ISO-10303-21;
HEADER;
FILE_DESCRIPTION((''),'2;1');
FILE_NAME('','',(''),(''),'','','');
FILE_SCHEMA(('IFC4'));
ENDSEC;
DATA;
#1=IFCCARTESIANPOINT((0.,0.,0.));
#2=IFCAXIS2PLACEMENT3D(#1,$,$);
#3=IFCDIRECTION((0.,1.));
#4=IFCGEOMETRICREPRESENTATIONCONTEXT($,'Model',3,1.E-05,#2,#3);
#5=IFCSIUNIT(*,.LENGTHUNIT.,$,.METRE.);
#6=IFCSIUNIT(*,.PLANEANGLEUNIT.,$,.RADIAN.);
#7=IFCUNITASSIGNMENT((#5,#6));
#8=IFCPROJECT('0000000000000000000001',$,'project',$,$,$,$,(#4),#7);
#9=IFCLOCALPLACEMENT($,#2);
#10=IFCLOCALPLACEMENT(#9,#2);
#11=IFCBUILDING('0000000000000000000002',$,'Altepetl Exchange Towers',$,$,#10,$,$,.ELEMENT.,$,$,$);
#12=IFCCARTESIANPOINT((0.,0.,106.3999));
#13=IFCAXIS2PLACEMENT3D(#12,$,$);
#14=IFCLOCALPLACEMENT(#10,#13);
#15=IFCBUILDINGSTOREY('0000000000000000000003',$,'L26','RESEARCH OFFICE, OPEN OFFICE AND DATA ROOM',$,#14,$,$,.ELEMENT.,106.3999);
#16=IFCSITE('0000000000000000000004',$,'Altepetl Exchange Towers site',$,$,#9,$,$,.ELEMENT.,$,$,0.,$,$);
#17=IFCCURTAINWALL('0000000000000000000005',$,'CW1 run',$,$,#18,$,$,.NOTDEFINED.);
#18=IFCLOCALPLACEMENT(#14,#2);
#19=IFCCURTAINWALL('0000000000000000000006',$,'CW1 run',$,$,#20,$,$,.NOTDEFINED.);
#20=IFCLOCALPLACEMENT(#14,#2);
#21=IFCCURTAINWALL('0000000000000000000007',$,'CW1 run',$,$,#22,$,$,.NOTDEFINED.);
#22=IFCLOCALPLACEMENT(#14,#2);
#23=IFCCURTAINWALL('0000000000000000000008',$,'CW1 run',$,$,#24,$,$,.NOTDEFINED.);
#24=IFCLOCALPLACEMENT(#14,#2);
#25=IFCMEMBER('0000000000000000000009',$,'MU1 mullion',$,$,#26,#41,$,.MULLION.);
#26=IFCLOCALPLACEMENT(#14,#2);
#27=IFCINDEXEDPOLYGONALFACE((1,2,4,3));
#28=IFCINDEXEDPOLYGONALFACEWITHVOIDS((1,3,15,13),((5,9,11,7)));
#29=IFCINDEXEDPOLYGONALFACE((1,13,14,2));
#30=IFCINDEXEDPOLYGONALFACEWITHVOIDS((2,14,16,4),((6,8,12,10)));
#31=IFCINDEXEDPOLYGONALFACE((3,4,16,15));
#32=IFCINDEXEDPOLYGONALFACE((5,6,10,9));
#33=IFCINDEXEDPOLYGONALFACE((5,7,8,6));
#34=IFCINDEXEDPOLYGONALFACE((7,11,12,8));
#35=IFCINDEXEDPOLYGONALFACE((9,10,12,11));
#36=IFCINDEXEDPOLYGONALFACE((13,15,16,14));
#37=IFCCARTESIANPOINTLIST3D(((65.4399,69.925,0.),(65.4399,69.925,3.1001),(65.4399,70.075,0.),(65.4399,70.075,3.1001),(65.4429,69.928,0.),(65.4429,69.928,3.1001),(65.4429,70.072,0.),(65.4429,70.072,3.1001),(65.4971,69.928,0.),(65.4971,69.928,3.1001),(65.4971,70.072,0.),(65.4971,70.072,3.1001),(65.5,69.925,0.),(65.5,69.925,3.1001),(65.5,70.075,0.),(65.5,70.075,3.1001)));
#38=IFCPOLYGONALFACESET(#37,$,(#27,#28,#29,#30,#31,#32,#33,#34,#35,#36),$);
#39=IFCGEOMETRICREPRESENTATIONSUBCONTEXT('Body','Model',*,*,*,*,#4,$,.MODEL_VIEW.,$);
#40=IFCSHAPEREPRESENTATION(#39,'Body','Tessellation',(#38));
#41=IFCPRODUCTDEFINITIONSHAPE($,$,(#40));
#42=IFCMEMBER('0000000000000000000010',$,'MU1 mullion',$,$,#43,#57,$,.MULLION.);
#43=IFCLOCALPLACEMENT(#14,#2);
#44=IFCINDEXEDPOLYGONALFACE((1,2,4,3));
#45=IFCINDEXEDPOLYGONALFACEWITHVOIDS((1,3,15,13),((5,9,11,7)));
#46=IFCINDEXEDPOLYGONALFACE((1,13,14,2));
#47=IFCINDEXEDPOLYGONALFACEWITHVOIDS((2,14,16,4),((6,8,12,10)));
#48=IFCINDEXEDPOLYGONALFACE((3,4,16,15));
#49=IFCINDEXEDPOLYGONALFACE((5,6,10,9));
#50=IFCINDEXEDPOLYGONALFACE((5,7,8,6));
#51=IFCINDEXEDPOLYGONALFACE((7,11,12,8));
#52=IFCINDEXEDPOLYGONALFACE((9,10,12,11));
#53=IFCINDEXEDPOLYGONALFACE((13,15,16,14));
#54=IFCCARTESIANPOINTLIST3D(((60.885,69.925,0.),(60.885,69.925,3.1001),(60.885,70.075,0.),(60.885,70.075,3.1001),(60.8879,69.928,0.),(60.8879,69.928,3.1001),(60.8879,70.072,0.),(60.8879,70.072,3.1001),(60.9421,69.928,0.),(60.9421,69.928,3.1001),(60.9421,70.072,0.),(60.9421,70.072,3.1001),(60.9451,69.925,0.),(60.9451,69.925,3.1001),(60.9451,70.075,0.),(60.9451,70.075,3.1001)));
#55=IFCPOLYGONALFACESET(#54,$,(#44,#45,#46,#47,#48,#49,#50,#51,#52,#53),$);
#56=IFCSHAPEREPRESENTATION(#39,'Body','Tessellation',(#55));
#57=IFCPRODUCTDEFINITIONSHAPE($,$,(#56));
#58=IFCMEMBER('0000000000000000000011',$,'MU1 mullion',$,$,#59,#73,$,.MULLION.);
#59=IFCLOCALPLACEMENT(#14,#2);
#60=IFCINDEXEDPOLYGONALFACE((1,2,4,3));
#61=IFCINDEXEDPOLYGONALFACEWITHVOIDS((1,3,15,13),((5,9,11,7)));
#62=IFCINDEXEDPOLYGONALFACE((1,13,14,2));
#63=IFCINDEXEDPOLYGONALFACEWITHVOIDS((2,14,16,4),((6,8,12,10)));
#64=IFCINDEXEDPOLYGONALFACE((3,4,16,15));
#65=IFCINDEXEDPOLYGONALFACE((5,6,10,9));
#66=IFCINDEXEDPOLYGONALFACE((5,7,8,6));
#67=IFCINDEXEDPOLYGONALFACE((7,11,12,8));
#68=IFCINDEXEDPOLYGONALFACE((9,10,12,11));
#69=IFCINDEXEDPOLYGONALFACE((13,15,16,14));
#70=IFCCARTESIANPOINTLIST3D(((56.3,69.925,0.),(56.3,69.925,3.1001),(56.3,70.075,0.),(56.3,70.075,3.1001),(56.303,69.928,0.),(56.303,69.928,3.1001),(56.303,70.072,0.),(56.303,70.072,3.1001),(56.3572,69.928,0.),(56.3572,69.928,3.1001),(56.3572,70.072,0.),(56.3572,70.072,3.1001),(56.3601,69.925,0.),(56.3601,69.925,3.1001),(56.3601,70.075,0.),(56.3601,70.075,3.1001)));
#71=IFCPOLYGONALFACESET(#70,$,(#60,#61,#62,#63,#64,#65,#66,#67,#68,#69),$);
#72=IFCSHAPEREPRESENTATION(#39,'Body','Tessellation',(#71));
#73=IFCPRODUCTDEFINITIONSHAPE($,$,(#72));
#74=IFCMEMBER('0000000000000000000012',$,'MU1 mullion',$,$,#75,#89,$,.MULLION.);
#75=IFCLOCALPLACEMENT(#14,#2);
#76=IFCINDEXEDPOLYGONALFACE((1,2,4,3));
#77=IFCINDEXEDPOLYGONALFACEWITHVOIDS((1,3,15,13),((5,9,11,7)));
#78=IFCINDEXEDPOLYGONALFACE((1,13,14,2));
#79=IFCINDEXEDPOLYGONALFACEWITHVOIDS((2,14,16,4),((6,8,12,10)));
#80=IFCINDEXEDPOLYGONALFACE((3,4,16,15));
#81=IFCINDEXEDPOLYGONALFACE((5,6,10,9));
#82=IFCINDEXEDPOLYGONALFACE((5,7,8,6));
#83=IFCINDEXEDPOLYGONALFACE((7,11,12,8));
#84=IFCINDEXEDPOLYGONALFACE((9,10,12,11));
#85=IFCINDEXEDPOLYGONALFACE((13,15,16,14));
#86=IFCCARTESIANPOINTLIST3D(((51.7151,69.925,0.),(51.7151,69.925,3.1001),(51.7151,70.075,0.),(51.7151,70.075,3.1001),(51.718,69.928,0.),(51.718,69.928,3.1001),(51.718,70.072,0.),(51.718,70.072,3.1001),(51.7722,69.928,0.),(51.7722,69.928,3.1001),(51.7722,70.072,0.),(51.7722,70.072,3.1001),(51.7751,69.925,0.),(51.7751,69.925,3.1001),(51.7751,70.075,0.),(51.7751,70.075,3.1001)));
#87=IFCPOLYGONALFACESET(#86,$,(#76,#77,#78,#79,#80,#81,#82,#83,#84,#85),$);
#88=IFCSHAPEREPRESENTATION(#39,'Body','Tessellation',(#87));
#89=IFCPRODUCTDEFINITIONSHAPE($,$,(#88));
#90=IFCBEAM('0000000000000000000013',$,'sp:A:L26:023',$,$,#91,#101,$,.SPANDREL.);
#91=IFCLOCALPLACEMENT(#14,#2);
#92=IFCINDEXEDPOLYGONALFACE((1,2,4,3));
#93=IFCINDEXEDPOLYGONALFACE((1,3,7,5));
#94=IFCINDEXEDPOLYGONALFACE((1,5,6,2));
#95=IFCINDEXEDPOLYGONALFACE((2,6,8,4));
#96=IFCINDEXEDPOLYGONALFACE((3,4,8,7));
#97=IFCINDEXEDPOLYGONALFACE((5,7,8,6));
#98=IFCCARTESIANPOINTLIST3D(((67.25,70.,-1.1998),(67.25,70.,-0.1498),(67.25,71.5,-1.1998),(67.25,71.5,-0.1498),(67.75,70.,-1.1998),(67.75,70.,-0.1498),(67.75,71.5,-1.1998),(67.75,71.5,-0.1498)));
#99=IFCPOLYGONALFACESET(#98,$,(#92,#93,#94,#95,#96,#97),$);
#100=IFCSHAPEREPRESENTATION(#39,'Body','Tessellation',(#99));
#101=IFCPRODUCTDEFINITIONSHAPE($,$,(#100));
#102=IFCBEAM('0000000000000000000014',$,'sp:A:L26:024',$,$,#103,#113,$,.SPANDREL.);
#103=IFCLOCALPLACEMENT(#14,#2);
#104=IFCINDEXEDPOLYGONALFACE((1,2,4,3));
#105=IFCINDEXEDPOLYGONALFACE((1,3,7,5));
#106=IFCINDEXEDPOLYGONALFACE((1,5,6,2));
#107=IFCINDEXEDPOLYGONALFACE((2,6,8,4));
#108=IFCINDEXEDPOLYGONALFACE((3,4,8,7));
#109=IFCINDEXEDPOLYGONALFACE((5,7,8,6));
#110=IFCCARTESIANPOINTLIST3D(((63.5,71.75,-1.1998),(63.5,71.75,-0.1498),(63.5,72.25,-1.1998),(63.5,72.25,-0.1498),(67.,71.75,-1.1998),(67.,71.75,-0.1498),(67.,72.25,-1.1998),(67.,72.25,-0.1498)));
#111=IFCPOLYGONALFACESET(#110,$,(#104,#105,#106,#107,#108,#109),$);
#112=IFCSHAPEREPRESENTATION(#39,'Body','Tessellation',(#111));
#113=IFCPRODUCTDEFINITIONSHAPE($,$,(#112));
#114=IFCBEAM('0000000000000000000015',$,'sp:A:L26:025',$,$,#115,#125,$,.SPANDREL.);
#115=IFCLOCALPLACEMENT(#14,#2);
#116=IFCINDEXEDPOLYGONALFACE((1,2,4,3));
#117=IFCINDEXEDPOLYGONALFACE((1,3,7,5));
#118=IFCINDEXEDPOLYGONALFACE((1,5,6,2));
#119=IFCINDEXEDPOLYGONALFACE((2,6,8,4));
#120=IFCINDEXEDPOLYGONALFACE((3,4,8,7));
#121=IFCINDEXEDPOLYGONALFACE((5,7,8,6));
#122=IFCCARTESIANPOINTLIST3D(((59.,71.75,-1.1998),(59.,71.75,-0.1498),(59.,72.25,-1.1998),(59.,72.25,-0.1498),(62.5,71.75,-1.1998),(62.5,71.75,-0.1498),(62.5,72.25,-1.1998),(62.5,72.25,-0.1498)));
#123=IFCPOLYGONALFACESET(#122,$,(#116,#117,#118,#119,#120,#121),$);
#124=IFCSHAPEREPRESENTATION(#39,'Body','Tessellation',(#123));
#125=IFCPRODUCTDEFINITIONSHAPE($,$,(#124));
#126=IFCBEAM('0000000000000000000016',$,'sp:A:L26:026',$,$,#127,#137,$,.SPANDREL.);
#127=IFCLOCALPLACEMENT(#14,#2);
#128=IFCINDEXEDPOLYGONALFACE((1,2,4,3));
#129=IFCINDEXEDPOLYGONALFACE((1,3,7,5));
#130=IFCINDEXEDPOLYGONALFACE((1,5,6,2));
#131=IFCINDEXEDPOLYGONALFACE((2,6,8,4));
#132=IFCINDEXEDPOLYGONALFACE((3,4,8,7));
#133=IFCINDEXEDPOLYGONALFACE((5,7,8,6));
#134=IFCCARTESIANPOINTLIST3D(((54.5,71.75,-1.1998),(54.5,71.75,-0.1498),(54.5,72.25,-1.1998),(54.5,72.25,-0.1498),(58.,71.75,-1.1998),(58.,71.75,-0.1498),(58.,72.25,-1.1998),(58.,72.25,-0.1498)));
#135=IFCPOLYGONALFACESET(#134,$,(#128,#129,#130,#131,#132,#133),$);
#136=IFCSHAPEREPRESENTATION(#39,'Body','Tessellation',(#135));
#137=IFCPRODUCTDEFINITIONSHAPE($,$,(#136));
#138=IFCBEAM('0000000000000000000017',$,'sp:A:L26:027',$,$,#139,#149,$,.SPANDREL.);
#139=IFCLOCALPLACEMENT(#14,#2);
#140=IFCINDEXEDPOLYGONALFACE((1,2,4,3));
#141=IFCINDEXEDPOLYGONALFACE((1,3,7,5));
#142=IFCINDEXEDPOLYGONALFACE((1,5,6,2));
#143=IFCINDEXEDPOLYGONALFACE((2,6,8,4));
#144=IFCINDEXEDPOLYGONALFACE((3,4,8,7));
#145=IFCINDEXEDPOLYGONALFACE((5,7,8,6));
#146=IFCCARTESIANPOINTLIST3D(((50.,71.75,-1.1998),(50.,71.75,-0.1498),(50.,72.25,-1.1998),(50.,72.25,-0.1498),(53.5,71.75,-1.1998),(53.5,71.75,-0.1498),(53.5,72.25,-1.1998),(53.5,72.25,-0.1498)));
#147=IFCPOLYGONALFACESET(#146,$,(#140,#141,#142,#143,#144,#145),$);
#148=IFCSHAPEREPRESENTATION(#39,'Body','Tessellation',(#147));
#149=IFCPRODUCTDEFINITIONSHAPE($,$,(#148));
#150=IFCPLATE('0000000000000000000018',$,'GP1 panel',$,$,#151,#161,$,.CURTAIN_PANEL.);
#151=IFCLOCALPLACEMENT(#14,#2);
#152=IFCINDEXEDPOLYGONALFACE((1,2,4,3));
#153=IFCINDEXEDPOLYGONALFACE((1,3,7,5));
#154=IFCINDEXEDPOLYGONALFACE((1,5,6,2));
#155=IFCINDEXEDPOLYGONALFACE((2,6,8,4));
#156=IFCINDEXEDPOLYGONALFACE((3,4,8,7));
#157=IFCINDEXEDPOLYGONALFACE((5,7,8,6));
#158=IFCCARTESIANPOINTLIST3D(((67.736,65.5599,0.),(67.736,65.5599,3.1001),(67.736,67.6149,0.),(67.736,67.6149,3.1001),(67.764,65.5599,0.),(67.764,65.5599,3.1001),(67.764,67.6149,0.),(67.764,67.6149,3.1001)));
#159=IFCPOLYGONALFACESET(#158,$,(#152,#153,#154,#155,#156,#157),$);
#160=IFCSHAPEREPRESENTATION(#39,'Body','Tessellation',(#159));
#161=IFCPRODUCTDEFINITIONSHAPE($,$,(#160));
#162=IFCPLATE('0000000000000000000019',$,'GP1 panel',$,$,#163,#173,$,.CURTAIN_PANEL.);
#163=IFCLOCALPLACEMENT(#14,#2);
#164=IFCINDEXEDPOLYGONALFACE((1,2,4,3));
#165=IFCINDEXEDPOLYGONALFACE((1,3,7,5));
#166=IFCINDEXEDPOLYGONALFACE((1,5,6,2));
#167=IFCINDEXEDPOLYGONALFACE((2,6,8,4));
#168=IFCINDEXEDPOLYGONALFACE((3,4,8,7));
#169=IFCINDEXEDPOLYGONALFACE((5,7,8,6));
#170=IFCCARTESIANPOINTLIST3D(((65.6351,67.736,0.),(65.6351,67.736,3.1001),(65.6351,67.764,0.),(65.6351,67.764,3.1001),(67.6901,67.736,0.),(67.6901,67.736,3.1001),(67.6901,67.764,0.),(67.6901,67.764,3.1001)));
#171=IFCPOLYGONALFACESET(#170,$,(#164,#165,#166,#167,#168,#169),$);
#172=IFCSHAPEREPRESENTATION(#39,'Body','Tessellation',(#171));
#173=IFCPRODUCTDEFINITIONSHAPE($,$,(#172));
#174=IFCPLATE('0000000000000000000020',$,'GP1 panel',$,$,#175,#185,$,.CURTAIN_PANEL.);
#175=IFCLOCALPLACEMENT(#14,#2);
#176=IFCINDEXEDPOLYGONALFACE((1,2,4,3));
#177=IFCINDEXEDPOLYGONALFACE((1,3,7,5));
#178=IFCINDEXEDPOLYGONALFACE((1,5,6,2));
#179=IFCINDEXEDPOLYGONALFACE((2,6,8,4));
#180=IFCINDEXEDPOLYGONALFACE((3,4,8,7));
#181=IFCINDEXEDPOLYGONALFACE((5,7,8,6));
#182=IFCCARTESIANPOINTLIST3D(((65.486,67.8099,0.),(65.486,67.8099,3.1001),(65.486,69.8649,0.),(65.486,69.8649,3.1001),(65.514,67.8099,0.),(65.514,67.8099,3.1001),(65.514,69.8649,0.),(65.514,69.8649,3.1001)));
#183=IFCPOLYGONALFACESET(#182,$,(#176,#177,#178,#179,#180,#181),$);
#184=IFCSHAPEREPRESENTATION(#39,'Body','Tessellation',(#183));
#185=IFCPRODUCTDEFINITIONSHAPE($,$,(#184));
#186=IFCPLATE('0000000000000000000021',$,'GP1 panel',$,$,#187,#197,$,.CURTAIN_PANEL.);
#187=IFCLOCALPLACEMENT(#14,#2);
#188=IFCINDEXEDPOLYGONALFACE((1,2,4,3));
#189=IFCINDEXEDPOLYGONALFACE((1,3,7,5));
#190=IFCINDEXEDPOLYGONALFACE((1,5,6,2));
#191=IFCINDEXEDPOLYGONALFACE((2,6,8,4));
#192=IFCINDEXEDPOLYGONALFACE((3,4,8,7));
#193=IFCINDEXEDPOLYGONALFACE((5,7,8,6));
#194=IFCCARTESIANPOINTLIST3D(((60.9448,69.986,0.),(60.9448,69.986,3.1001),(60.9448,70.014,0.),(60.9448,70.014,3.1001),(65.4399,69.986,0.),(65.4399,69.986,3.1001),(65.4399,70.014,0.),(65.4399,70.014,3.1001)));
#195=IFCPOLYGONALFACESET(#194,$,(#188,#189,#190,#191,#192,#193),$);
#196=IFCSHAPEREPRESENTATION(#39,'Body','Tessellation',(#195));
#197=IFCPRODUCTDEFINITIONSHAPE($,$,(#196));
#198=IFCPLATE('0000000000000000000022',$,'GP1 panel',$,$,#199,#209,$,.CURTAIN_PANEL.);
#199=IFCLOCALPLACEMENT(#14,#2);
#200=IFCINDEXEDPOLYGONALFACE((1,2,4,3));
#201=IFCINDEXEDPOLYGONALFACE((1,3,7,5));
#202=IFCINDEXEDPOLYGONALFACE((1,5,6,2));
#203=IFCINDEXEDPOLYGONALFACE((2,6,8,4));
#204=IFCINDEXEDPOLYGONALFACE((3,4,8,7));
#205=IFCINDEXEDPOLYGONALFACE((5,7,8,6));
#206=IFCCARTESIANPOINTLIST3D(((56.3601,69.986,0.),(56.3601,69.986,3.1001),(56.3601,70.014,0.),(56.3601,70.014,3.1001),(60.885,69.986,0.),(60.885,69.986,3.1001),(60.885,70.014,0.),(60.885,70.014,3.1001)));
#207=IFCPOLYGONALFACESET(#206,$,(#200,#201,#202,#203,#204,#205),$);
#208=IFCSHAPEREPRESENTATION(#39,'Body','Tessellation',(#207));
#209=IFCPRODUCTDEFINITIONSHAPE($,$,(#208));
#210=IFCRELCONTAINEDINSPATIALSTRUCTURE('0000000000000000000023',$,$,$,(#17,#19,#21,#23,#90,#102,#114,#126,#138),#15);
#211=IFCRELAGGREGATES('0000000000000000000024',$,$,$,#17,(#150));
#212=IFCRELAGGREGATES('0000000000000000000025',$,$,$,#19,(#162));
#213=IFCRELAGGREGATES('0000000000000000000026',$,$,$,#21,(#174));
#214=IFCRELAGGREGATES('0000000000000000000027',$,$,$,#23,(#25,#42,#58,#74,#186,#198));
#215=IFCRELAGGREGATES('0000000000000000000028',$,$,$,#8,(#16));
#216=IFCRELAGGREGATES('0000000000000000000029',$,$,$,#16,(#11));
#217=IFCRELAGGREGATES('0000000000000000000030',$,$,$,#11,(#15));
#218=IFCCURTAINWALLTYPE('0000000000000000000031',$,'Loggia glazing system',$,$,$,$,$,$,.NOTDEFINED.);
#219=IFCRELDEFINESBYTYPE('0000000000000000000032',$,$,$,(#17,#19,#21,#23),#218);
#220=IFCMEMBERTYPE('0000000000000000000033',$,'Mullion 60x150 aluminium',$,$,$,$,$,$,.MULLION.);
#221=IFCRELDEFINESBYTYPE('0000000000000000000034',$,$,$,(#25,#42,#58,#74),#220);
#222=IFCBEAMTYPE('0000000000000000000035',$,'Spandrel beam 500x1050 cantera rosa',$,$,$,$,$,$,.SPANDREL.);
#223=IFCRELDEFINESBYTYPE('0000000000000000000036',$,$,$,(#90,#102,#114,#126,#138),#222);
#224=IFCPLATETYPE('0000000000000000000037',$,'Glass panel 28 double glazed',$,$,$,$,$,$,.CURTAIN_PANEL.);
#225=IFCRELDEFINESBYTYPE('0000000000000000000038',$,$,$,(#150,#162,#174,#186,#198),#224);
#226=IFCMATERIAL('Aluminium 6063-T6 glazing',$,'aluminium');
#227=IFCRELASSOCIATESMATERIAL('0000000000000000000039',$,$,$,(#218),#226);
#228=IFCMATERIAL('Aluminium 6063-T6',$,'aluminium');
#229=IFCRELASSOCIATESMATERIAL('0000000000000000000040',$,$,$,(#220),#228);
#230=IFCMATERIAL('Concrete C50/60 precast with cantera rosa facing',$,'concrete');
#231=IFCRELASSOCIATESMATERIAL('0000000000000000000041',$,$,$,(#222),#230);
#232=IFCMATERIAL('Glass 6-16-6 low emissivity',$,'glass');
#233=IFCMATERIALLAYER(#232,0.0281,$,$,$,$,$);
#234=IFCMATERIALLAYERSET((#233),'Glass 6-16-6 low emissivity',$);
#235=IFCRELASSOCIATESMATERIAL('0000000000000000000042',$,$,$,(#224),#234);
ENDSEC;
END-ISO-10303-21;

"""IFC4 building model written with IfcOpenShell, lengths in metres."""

from ifc_helpers import new_model, si_unit, direction, frame, origin, origin_2d, place, context, subcontext, project, spatial, rectangle, hollow_rectangle, extrude, material, layer, layer_set, material_profile, profile_set, type_object, element, aggregate, save


model = new_model("IFC4")

# Units and contexts
model_context = context("Model", 3, precision=1e-05, world=origin(), true_north=direction((0.0, 1.0)))
body_context = subcontext(model_context, "Body", "Model", "MODEL_VIEW")
ifc_project = project(units=[si_unit("LENGTHUNIT", "METRE"), si_unit("PLANEANGLEUNIT", "RADIAN")], contexts=[model_context])

# Site, building, storey
site_placement = place(None, origin())
site = spatial("IfcSite", under=ifc_project, at=site_placement, Name="Altepetl Exchange Towers site", CompositionType="ELEMENT", RefElevation=0.0)
building_placement = place(site_placement, origin())
building = spatial("IfcBuilding", under=site, at=building_placement, Name="Altepetl Exchange Towers", CompositionType="ELEMENT")
storey_placement = place(building_placement, frame((0.0, 0.0, 106.3999)))
storey = spatial("IfcBuildingStorey", under=building, at=storey_placement, Name="L26", Description="RESEARCH OFFICE, OPEN OFFICE AND DATA ROOM", CompositionType="ELEMENT", Elevation=106.3999)

# Curtain walls, members
ifc_material_1 = material(Name="Aluminium 6063-T6 glazing", Category="aluminium")
curtain_wall_type = type_object("IfcCurtainWallType", Name="Loggia glazing system", PredefinedType="NOTDEFINED", material=ifc_material_1)
curtain_wall_1_placement = place(storey_placement, origin())
curtain_wall_1 = element("IfcCurtainWall", 1, at=curtain_wall_1_placement, inside=storey, type_object=curtain_wall_type, Name="CW1 run", PredefinedType="NOTDEFINED")
ifc_material_2 = material(Name="Aluminium 6063-T6", Category="aluminium")
ifc_material_profile_1 = material_profile(ifc_material_2, hollow_rectangle(XDim=0.0601, YDim=0.1499, WallThickness=0.0029, at=origin_2d()), Name="Mullion 60x150 aluminium")
ifc_profile_set_1 = profile_set([ifc_material_profile_1], Name="Aluminium 6063-T6")
member_type = type_object("IfcMemberType", Name="Mullion 60x150 aluminium", PredefinedType="MULLION", material=ifc_profile_set_1)
curtain_wall_2_placement = place(storey_placement, origin())
curtain_wall_2 = element("IfcCurtainWall", 2, at=curtain_wall_2_placement, inside=storey, type_object=curtain_wall_type, Name="CW1 run", PredefinedType="NOTDEFINED")
curtain_wall_3_placement = place(storey_placement, origin())
curtain_wall_3 = element("IfcCurtainWall", 3, at=curtain_wall_3_placement, inside=storey, type_object=curtain_wall_type, Name="CW1 run", PredefinedType="NOTDEFINED")
curtain_wall_4_placement = place(storey_placement, origin())
curtain_wall_4 = element("IfcCurtainWall", 4, at=curtain_wall_4_placement, inside=storey, type_object=curtain_wall_type, Name="CW1 run", PredefinedType="NOTDEFINED")
member_1_placement = place(storey_placement, frame((65.47, 70.0, 0.0), z_axis=(0.0, 0.0, 1.0), x_axis=(-1.0, 0.0, 0.0)))
member_1 = element("IfcMember", 5, at=member_1_placement, type_object=member_type, Name="MU1 mullion", PredefinedType="MULLION", context=body_context, shape_type="SweptSolid", body=[
    extrude(hollow_rectangle(XDim=0.0601, YDim=0.1499, WallThickness=0.0029, at=origin_2d()), origin(), (0.0, 0.0, 1.0), 3.1001),
])
member_2_placement = place(storey_placement, frame((60.915, 70.0, 0.0), z_axis=(0.0, 0.0, 1.0), x_axis=(-1.0, 0.0, 0.0)))
member_2 = element("IfcMember", 6, at=member_2_placement, type_object=member_type, Name="MU1 mullion", PredefinedType="MULLION", context=body_context, shape_type="SweptSolid", body=[
    extrude(hollow_rectangle(XDim=0.0601, YDim=0.1499, WallThickness=0.0029, at=origin_2d()), origin(), (0.0, 0.0, 1.0), 3.1001),
])
member_3_placement = place(storey_placement, frame((56.3301, 70.0, 0.0), z_axis=(0.0, 0.0, 1.0), x_axis=(-1.0, 0.0, 0.0)))
member_3 = element("IfcMember", 7, at=member_3_placement, type_object=member_type, Name="MU1 mullion", PredefinedType="MULLION", context=body_context, shape_type="SweptSolid", body=[
    extrude(hollow_rectangle(XDim=0.0601, YDim=0.1499, WallThickness=0.0029, at=origin_2d()), origin(), (0.0, 0.0, 1.0), 3.1001),
])
member_4_placement = place(storey_placement, frame((51.7451, 70.0, 0.0), z_axis=(0.0, 0.0, 1.0), x_axis=(-1.0, 0.0, 0.0)))
member_4 = element("IfcMember", 8, at=member_4_placement, type_object=member_type, Name="MU1 mullion", PredefinedType="MULLION", context=body_context, shape_type="SweptSolid", body=[
    extrude(hollow_rectangle(XDim=0.0601, YDim=0.1499, WallThickness=0.0029, at=origin_2d()), origin(), (0.0, 0.0, 1.0), 3.1001),
])

# Beams
ifc_material_3 = material(Name="Concrete C50/60 precast with cantera rosa facing", Category="concrete")
ifc_material_profile_2 = material_profile(ifc_material_3, rectangle(XDim=0.5, YDim=1.05, at=origin_2d()), Name="500 x 1050")
ifc_profile_set_2 = profile_set([ifc_material_profile_2], Name="Concrete C50/60 precast with cantera rosa facing")
beam_type_1 = type_object("IfcBeamType", Name="Spandrel beam 500x1050 cantera rosa", PredefinedType="SPANDREL", material=ifc_profile_set_2)
beam_1_placement = place(storey_placement, frame((67.5, 70.0, -0.6748), z_axis=(0.0, 1.0, 0.0), x_axis=(-1.0, 0.0, 0.0)))
element("IfcBeam", 9, at=beam_1_placement, inside=storey, type_object=beam_type_1, Name="sp:A:L26:023", PredefinedType="SPANDREL", context=body_context, shape_type="SweptSolid", body=[
    extrude(rectangle(XDim=0.5, YDim=1.05, at=origin_2d()), origin(), (0.0, 0.0, 1.0), 1.5),
])
for number, where, z_axis, x_axis, name in (
    (10, (67.0, 72.0, -0.6748), (-1.0, 0.0, 0.0), (0.0, -1.0, 0.0), "sp:A:L26:024"),
    (11, (62.5, 72.0, -0.6748), (-1.0, 0.0, 0.0), (0.0, -1.0, 0.0), "sp:A:L26:025"),
    (12, (58.0, 72.0, -0.6748), (-1.0, 0.0, 0.0), (0.0, -1.0, 0.0), "sp:A:L26:026"),
    (13, (53.5, 72.0, -0.6748), (-1.0, 0.0, 0.0), (0.0, -1.0, 0.0), "sp:A:L26:027"),
):
    element("IfcBeam", number, at=place(storey_placement, frame(where, z_axis=z_axis, x_axis=x_axis)), inside=storey, type_object=beam_type_1, Name=name, PredefinedType="SPANDREL", context=body_context, shape_type="SweptSolid", body=[
        extrude(rectangle(XDim=0.5, YDim=1.05, at=origin_2d()), origin(), (0.0, 0.0, 1.0), 3.5),
    ])

# Plates
ifc_material_4 = material(Name="Glass 6-16-6 low emissivity", Category="glass")
ifc_layer_1 = layer(ifc_material_4, 0.0281)
ifc_layer_set_1 = layer_set([ifc_layer_1], Name="Glass 6-16-6 low emissivity")
plate_type = type_object("IfcPlateType", Name="Glass panel 28 double glazed", PredefinedType="CURTAIN_PANEL", material=ifc_layer_set_1)
plate_1_placement = place(storey_placement, frame((67.75, 66.5874, 0.0), z_axis=(0.0, 0.0, 1.0), x_axis=(0.0, 1.0, 0.0)))
plate_1 = element("IfcPlate", 14, at=plate_1_placement, type_object=plate_type, Name="GP1 panel", PredefinedType="CURTAIN_PANEL", context=body_context, shape_type="SweptSolid", body=[
    extrude(rectangle(XDim=2.0549, YDim=0.0281, at=origin_2d()), origin(), (0.0, 0.0, 1.0), 3.1001),
])
aggregate(curtain_wall_1, [plate_1])
plate_2_placement = place(storey_placement, frame((66.6626, 67.75, 0.0), z_axis=(0.0, 0.0, 1.0), x_axis=(-1.0, 0.0, 0.0)))
plate_2 = element("IfcPlate", 15, at=plate_2_placement, type_object=plate_type, Name="GP1 panel", PredefinedType="CURTAIN_PANEL", context=body_context, shape_type="SweptSolid", body=[
    extrude(rectangle(XDim=2.0549, YDim=0.0281, at=origin_2d()), origin(), (0.0, 0.0, 1.0), 3.1001),
])
aggregate(curtain_wall_2, [plate_2])
plate_3_placement = place(storey_placement, frame((65.5, 68.8374, 0.0), z_axis=(0.0, 0.0, 1.0), x_axis=(0.0, 1.0, 0.0)))
plate_3 = element("IfcPlate", 16, at=plate_3_placement, type_object=plate_type, Name="GP1 panel", PredefinedType="CURTAIN_PANEL", context=body_context, shape_type="SweptSolid", body=[
    extrude(rectangle(XDim=2.0549, YDim=0.0281, at=origin_2d()), origin(), (0.0, 0.0, 1.0), 3.1001),
])
aggregate(curtain_wall_3, [plate_3])
plate_4_placement = place(storey_placement, frame((63.1924, 70.0, 0.0), z_axis=(0.0, 0.0, 1.0), x_axis=(-1.0, 0.0, 0.0)))
plate_4 = element("IfcPlate", 17, at=plate_4_placement, type_object=plate_type, Name="GP1 panel", PredefinedType="CURTAIN_PANEL", context=body_context, shape_type="SweptSolid", body=[
    extrude(rectangle(XDim=4.4951, YDim=0.0281, at=origin_2d()), origin(), (0.0, 0.0, 1.0), 3.1001),
])
plate_5_placement = place(storey_placement, frame((58.6226, 70.0, 0.0), z_axis=(0.0, 0.0, 1.0), x_axis=(-1.0, 0.0, 0.0)))
plate_5 = element("IfcPlate", 18, at=plate_5_placement, type_object=plate_type, Name="GP1 panel", PredefinedType="CURTAIN_PANEL", context=body_context, shape_type="SweptSolid", body=[
    extrude(rectangle(XDim=4.5249, YDim=0.0281, at=origin_2d()), origin(), (0.0, 0.0, 1.0), 3.1001),
])
aggregate(curtain_wall_4, [member_1, member_2, member_3, member_4, plate_4, plate_5])

save(model, "model.ifc")
